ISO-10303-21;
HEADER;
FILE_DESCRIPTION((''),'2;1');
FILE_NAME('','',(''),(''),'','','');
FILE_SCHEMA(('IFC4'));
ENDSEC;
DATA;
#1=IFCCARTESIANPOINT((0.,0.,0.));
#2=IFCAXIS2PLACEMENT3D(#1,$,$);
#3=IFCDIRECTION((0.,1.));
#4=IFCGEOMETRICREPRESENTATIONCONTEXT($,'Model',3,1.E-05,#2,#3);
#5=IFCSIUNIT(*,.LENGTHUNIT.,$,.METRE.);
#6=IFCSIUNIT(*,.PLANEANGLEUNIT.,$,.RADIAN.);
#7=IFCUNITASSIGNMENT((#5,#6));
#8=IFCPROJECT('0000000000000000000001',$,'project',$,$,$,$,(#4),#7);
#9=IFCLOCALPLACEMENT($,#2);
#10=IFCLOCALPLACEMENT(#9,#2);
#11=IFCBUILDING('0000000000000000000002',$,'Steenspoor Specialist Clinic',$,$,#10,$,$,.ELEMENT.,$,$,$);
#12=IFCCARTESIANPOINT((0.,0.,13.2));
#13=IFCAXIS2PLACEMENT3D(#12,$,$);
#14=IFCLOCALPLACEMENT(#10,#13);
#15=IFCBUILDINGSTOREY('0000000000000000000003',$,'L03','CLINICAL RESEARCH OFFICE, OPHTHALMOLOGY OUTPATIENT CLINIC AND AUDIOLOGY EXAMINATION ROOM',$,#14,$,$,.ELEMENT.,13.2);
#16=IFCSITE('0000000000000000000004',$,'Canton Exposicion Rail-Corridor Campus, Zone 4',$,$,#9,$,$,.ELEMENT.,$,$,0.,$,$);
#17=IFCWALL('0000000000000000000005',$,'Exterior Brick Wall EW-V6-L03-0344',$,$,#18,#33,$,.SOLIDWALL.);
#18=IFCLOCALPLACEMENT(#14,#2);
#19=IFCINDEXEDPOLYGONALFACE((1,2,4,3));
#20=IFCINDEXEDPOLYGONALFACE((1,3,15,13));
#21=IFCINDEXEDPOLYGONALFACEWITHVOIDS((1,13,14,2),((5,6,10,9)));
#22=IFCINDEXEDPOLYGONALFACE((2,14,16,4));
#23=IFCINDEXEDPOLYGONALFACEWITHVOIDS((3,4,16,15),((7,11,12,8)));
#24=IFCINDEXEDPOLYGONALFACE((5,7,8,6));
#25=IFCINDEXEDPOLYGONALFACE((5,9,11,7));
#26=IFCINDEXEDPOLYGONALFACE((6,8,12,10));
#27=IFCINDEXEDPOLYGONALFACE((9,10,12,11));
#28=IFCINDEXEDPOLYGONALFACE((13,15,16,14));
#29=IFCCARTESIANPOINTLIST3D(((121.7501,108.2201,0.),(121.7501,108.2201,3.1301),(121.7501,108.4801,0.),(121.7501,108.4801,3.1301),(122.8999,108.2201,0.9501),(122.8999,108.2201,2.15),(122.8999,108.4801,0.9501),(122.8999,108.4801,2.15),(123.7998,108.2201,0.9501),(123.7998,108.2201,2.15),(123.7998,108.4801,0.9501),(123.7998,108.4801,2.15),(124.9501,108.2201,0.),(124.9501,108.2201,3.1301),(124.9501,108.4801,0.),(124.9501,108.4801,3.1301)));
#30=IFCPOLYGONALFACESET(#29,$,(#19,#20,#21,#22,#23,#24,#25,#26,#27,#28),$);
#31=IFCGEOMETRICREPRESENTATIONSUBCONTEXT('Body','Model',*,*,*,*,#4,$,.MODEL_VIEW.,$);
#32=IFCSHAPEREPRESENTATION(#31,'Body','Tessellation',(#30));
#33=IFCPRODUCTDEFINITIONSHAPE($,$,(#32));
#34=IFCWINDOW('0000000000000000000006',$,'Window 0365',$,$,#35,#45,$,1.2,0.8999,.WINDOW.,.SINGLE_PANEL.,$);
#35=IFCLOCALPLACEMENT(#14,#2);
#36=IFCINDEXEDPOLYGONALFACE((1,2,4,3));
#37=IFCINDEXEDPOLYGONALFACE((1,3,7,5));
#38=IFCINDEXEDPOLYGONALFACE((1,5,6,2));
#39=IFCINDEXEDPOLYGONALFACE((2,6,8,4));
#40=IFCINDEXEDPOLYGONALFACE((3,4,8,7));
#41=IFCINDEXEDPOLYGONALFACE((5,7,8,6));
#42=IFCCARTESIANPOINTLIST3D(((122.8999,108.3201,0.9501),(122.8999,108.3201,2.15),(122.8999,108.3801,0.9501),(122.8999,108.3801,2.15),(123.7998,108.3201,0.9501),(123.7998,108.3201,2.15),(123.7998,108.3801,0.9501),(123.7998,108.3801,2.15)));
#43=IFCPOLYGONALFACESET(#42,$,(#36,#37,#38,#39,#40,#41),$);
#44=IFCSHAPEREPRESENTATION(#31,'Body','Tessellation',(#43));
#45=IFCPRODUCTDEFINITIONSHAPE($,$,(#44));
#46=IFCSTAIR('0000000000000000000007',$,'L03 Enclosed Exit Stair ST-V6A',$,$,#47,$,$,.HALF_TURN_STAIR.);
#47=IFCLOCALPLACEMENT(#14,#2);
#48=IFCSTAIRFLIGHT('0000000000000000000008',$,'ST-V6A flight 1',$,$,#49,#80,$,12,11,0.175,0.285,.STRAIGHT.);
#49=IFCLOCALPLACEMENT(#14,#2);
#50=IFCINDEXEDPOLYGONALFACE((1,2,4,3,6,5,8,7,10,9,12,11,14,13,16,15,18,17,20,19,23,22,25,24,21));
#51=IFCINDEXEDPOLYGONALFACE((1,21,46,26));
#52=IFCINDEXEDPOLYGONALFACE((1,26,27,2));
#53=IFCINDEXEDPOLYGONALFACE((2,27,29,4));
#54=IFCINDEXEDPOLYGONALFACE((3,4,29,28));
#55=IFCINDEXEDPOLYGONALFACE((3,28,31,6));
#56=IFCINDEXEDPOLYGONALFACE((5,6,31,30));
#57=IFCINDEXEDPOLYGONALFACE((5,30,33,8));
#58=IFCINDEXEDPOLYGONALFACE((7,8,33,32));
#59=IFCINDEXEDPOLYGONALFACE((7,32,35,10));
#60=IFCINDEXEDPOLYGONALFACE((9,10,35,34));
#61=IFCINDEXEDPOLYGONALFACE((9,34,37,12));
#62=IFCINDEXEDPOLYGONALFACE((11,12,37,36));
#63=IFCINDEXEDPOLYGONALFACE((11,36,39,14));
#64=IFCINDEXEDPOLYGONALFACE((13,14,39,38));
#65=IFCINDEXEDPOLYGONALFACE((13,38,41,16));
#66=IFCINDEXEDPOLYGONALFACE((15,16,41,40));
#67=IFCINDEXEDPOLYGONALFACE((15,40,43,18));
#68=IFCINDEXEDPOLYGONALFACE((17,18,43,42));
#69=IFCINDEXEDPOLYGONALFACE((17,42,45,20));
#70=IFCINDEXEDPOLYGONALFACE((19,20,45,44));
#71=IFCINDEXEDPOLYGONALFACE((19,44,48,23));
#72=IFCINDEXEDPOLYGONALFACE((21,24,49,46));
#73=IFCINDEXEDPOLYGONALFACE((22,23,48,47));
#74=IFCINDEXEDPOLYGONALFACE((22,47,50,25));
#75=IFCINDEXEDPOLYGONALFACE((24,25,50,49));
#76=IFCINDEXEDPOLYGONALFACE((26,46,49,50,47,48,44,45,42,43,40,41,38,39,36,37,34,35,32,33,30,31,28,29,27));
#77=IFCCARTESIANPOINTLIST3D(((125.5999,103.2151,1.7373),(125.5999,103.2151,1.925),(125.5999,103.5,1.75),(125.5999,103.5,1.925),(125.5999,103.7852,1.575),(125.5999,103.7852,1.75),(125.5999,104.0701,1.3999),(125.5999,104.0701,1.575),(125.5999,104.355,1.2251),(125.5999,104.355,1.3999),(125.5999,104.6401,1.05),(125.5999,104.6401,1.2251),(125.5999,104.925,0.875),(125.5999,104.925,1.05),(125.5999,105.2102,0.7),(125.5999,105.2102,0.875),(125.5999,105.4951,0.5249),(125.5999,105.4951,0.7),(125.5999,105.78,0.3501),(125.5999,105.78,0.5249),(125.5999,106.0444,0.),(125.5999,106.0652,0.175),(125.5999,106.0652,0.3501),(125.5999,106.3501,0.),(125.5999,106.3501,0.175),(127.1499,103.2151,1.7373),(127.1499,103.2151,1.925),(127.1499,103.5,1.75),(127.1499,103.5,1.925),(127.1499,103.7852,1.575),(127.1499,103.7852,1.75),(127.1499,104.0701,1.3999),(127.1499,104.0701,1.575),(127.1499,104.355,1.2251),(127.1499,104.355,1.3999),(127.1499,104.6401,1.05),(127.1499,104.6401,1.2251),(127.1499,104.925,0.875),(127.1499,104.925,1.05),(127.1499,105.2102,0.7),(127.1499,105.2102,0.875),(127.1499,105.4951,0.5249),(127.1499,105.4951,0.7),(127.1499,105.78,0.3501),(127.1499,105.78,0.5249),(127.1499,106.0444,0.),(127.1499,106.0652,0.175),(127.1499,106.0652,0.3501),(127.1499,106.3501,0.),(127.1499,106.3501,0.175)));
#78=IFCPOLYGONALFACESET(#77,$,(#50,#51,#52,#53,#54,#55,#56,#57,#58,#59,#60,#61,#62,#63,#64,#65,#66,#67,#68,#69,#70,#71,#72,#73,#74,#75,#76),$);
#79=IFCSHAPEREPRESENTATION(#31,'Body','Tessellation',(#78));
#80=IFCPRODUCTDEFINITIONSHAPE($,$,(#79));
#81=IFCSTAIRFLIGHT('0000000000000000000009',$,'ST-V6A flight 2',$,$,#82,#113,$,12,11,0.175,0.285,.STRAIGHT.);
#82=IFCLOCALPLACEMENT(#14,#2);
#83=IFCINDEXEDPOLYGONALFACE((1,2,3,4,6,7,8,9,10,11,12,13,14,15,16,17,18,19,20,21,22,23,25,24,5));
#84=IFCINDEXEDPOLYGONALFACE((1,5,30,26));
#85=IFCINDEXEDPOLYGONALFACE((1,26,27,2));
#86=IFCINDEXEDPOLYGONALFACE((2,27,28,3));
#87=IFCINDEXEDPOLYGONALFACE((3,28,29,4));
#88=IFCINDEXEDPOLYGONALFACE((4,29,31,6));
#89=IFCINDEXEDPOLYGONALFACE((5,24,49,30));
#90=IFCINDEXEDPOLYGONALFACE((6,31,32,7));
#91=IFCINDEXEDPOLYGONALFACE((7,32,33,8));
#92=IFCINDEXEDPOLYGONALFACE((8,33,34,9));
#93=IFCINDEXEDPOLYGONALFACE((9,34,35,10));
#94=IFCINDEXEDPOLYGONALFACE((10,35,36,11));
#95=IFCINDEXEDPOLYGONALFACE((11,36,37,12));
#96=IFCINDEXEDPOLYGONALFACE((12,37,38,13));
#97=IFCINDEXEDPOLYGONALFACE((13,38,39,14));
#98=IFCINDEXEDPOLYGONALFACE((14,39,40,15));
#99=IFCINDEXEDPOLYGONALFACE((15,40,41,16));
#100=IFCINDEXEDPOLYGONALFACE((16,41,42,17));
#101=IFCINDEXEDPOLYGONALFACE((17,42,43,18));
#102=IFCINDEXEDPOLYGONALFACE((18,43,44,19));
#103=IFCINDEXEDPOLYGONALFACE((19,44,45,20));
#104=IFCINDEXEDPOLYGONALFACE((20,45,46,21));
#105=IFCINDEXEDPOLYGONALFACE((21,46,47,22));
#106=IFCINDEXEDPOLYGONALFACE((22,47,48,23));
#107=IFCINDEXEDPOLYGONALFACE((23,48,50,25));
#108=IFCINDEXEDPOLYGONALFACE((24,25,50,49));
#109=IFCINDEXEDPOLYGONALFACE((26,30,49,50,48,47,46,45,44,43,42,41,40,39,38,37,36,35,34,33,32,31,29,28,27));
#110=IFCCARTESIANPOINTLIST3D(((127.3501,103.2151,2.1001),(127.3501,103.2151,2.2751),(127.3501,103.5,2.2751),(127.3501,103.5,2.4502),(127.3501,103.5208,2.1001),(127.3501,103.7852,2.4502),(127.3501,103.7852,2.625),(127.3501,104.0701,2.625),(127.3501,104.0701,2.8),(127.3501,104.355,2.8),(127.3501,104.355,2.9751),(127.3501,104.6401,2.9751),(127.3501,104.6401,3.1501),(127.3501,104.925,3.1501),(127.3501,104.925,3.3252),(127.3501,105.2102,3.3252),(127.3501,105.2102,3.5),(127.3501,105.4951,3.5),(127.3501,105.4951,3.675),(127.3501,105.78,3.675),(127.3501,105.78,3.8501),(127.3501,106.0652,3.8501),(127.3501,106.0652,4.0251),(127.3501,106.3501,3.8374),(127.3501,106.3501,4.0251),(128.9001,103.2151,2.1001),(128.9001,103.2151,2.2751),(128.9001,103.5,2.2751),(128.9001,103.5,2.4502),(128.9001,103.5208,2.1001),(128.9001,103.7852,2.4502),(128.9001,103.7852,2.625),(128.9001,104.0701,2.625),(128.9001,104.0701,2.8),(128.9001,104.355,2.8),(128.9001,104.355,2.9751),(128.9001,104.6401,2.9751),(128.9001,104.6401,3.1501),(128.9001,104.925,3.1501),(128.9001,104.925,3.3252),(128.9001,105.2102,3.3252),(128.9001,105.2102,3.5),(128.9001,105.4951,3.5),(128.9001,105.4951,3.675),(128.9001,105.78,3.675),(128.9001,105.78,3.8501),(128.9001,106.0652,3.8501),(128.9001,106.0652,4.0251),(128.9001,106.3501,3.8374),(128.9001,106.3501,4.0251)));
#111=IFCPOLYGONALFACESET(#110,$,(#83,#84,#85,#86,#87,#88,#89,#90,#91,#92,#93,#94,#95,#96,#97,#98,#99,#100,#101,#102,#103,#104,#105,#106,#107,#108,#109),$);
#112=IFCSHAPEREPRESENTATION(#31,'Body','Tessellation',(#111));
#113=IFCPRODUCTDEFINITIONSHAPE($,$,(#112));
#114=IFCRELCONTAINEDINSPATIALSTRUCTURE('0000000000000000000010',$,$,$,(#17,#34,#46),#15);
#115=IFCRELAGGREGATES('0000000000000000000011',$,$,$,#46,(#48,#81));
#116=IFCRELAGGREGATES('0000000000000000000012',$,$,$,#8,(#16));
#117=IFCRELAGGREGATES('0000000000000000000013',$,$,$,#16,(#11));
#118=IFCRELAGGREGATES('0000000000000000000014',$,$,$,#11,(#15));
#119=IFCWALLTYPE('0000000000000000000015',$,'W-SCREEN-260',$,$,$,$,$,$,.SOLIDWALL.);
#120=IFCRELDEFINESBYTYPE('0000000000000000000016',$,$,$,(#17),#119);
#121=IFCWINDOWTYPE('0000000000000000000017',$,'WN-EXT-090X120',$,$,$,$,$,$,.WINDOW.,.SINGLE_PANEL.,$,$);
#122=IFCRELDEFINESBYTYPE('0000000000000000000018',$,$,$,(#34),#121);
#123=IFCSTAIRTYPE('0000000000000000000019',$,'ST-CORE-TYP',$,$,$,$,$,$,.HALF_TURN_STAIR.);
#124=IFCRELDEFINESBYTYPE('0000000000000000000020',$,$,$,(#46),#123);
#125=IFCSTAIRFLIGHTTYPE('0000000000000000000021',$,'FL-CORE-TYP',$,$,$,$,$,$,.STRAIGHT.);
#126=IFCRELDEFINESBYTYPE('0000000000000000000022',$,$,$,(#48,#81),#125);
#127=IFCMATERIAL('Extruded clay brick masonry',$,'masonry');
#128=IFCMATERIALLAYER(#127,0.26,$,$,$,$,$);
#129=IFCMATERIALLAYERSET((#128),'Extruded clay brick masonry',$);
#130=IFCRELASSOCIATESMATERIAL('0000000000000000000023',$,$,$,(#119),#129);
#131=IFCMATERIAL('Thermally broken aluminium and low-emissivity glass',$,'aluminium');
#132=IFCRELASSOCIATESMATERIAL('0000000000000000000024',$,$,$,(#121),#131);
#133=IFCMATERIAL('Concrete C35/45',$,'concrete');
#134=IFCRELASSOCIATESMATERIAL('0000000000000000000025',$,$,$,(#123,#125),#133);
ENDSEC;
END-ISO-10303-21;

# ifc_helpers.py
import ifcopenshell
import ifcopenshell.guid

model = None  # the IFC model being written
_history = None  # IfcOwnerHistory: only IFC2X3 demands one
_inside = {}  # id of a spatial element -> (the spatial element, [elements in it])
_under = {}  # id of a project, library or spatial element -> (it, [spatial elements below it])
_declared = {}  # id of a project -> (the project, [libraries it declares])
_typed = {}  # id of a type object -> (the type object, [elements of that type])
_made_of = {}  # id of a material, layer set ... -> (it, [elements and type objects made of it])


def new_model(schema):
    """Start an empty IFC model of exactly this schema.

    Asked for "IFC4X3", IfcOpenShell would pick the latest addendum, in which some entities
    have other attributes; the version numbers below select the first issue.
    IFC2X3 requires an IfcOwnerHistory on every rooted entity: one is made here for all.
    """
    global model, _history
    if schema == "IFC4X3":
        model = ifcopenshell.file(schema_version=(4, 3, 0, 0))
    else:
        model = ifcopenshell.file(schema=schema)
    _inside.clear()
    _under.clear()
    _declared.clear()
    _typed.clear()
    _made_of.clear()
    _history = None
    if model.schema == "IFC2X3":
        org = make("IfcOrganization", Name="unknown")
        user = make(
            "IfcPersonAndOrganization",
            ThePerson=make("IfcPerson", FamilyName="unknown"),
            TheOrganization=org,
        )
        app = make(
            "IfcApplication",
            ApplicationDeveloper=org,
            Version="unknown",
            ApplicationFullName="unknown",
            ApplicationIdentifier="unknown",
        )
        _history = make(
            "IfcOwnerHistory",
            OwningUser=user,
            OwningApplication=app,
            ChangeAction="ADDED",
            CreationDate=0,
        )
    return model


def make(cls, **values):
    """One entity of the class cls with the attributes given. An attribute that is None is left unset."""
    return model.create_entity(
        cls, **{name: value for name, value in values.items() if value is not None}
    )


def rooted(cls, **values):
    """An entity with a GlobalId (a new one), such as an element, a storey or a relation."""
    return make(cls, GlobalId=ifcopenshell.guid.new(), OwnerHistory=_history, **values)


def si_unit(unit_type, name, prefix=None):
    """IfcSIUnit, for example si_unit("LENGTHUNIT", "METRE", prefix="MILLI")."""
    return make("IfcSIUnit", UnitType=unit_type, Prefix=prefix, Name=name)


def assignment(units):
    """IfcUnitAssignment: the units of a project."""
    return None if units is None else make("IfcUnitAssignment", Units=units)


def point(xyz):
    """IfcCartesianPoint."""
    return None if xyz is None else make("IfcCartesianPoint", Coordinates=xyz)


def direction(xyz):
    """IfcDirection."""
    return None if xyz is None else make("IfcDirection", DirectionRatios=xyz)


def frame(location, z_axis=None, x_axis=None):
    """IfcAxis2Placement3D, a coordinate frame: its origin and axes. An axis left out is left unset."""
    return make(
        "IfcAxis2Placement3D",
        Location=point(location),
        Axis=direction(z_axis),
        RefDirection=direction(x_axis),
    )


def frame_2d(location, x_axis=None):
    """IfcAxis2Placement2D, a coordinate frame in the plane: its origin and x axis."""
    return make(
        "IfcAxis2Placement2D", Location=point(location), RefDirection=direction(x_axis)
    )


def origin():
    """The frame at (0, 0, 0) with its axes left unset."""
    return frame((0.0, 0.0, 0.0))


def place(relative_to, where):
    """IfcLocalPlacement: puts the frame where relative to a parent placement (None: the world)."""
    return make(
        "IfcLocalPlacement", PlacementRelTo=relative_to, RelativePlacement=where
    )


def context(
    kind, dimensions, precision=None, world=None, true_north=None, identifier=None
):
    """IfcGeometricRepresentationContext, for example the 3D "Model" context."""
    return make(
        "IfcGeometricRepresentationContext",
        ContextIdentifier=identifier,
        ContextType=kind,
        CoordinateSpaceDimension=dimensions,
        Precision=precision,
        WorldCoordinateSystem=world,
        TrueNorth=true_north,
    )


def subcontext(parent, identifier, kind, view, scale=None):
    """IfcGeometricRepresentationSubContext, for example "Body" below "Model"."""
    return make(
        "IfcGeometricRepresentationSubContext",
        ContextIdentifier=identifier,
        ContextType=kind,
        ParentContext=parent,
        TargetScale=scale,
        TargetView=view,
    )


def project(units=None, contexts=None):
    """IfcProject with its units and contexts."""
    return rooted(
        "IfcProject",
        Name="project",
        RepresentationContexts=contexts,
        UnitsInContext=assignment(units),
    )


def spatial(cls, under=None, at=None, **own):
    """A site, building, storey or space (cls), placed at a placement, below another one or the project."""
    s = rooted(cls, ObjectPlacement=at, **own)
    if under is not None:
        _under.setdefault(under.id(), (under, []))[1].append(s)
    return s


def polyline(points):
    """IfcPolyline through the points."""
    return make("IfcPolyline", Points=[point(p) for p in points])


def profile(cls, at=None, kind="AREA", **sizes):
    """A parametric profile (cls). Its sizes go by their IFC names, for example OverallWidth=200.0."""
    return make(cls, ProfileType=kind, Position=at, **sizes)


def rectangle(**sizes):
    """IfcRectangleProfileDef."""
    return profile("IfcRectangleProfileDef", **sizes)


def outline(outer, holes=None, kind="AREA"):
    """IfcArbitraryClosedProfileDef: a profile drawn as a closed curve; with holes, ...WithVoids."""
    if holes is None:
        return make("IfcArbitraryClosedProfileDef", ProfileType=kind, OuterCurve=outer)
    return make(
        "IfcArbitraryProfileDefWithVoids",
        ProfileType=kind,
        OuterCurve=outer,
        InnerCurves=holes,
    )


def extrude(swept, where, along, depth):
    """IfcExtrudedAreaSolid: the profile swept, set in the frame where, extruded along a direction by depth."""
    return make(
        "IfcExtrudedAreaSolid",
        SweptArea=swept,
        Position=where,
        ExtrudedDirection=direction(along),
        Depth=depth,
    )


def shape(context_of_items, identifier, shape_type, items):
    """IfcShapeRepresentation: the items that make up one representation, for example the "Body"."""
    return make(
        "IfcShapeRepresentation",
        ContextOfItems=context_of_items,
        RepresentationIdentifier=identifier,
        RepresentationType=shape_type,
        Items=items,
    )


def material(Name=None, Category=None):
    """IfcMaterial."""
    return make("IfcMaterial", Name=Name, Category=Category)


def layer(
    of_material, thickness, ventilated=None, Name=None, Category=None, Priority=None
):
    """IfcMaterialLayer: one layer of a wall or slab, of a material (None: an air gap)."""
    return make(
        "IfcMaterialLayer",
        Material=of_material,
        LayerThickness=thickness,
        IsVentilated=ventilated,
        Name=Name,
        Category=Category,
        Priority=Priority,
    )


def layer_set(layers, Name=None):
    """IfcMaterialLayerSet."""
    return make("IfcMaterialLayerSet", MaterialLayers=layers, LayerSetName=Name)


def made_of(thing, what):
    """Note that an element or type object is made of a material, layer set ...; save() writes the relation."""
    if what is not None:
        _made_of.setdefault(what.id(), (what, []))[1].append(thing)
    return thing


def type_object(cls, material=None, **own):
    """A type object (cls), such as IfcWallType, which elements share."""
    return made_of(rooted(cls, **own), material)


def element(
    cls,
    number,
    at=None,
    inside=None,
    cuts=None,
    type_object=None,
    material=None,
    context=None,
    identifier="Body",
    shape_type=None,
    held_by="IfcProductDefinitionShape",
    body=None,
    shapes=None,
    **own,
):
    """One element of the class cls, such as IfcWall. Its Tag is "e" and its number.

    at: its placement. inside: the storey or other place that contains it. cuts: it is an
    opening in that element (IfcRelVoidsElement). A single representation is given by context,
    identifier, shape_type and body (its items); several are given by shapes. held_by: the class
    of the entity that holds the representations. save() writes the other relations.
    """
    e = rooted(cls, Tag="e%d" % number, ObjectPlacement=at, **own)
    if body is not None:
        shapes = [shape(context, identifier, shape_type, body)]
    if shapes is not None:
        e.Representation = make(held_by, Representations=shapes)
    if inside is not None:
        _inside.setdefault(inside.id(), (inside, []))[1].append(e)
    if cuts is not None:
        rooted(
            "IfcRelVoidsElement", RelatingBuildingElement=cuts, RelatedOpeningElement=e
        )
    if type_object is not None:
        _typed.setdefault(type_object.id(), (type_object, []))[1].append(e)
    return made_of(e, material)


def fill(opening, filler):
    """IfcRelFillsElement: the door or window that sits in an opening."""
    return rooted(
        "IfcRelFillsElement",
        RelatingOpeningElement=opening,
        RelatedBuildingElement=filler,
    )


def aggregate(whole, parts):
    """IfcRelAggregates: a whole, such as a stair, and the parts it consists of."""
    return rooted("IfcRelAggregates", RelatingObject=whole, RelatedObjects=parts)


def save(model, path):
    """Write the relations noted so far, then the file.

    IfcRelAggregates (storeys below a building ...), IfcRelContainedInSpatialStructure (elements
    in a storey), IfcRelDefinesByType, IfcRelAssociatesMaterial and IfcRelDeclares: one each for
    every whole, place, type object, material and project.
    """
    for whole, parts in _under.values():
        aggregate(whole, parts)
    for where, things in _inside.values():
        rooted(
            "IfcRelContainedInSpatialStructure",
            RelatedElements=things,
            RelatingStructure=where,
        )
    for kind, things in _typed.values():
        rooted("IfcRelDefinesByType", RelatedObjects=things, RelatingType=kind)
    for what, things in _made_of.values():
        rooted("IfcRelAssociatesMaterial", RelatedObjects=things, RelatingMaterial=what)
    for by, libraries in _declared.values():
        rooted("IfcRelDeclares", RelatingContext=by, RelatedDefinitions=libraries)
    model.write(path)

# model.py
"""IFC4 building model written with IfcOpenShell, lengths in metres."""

from ifc_helpers import new_model, si_unit, direction, frame, frame_2d, origin, place, context, subcontext, project, spatial, polyline, rectangle, outline, extrude, material, layer, layer_set, type_object, element, fill, aggregate, save


model = new_model("IFC4")

# Units and contexts
model_context = context("Model", 3, precision=1e-05, world=origin(), true_north=direction((0.0, 1.0)))
body_context = subcontext(model_context, "Body", "Model", "MODEL_VIEW")
ifc_project = project(units=[si_unit("LENGTHUNIT", "METRE"), si_unit("PLANEANGLEUNIT", "RADIAN")], contexts=[model_context])

# Site, building, storey
site_placement = place(None, origin())
site = spatial("IfcSite", under=ifc_project, at=site_placement, Name="Canton Exposicion Rail-Corridor Campus, Zone 4", CompositionType="ELEMENT", RefElevation=0.0)
building_placement = place(site_placement, origin())
building = spatial("IfcBuilding", under=site, at=building_placement, Name="Steenspoor Specialist Clinic", CompositionType="ELEMENT")
storey_placement = place(building_placement, frame((0.0, 0.0, 13.2)))
storey = spatial("IfcBuildingStorey", under=building, at=storey_placement, Name="L03", Description="CLINICAL RESEARCH OFFICE, OPHTHALMOLOGY OUTPATIENT CLINIC AND AUDIOLOGY EXAMINATION ROOM", CompositionType="ELEMENT", Elevation=13.2)

# Shared definitions
ifc_material_1 = material(Name="Concrete C35/45", Category="concrete")

# Shared definitions
ifc_material_2 = material(Name="Thermally broken aluminium and low-emissivity glass", Category="aluminium")

# Shared definitions
ifc_material_3 = material(Name="Extruded clay brick masonry", Category="masonry")

# Wall, opening, window
ifc_layer_1 = layer(ifc_material_3, 0.26)
ifc_layer_set_1 = layer_set([ifc_layer_1], Name="Extruded clay brick masonry")
wall_type_1 = type_object("IfcWallType", Name="W-SCREEN-260", PredefinedType="SOLIDWALL", material=ifc_layer_set_1)
wall_1_placement = place(storey_placement, frame((121.75, 108.3501, 0.0), z_axis=(0.0, 0.0, 1.0), x_axis=(1.0, 0.0, 0.0)))
wall_1 = element("IfcWall", 1, at=wall_1_placement, inside=storey, type_object=wall_type_1, Name="Exterior Brick Wall EW-V6-L03-0344", PredefinedType="SOLIDWALL", context=body_context, shape_type="SweptSolid", body=[
    extrude(rectangle(XDim=3.2, YDim=0.26, at=frame_2d((1.6001, 0.0))), origin(), (0.0, 0.0, 1.0), 3.1301),
])
opening_1_placement = place(wall_1_placement, frame((1.1499, 0.0, 0.95)))
opening_1 = element("IfcOpeningElement", 2, at=opening_1_placement, cuts=wall_1, PredefinedType="OPENING", context=body_context, shape_type="SweptSolid", body=[
    extrude(rectangle(XDim=0.8999, YDim=1.2, at=frame_2d((0.45, 0.6001))), frame((0.0, 0.1401, 0.0), z_axis=(0.0, -1.0, 0.0), x_axis=(1.0, 0.0, 0.0)), (0.0, 0.0, 1.0), 0.28),
])
window_type_1 = type_object("IfcWindowType", Name="WN-EXT-090X120", PartitioningType="SINGLE_PANEL", PredefinedType="WINDOW", material=ifc_material_2)
window_1_placement = place(opening_1_placement, origin())
window_1 = element("IfcWindow", 3, at=window_1_placement, inside=storey, type_object=window_type_1, Name="Window 0365", OverallHeight=1.2, OverallWidth=0.8999, PartitioningType="SINGLE_PANEL", PredefinedType="WINDOW", context=body_context, shape_type="SweptSolid", body=[
    extrude(rectangle(XDim=0.8999, YDim=1.2, at=frame_2d((0.45, 0.6001))), frame((0.0, 0.03, 0.0), z_axis=(0.0, -1.0, 0.0), x_axis=(1.0, 0.0, 0.0)), (0.0, 0.0, 1.0), 0.0601),
])
fill(opening_1, window_1)

# Stair, stair flights
stair_type = type_object("IfcStairType", Name="ST-CORE-TYP", PredefinedType="HALF_TURN_STAIR", material=ifc_material_1)
stair_placement = place(storey_placement, origin())
stair = element("IfcStair", 4, at=stair_placement, inside=storey, type_object=stair_type, Name="L03 Enclosed Exit Stair ST-V6A", PredefinedType="HALF_TURN_STAIR")
stair_flight_type = type_object("IfcStairFlightType", Name="FL-CORE-TYP", PredefinedType="STRAIGHT", material=ifc_material_1)
stair_flight_1_placement = place(storey_placement, frame((126.375, 106.3501, 0.0), z_axis=(0.0, 0.0, 1.0), x_axis=(0.0, -1.0, 0.0)))
stair_flight_1 = element("IfcStairFlight", 5, at=stair_flight_1_placement, type_object=stair_flight_type, Name="ST-V6A flight 1", NumberOfRisers=12, NumberOfTreads=11, PredefinedType="STRAIGHT", RiserHeight=0.175, TreadLength=0.285, context=body_context, shape_type="SweptSolid", body=[
    extrude(outline(polyline([(0.0, 0.0), (0.0, 0.175), (0.2849, 0.175), (0.2849, 0.3501), (0.5701, 0.3501), (0.5701, 0.5249), (0.855, 0.5249), (0.855, 0.7), (1.1399, 0.7), (1.1399, 0.875), (1.425, 0.875), (1.425, 1.05), (1.71, 1.05), (1.71, 1.2251), (1.9951, 1.2251), (1.9951, 1.3999), (2.28, 1.3999), (2.28, 1.575), (2.5649, 1.575), (2.5649, 1.75), (2.8501, 1.75), (2.8501, 1.925), (3.135, 1.925), (3.135, 2.1001), (3.135, 1.7373), (0.3057, 0.0), (0.0, 0.0)])), frame((0.0, 0.7749, 0.0), z_axis=(0.0, -1.0, 0.0), x_axis=(1.0, 0.0, 0.0)), (0.0, 0.0, 1.0), 1.55),
])
stair_flight_2_placement = place(storey_placement, frame((128.125, 103.2151, 2.1001), z_axis=(0.0, 0.0, 1.0), x_axis=(0.0, 1.0, 0.0)))
stair_flight_2 = element("IfcStairFlight", 6, at=stair_flight_2_placement, type_object=stair_flight_type, Name="ST-V6A flight 2", NumberOfRisers=12, NumberOfTreads=11, PredefinedType="STRAIGHT", RiserHeight=0.175, TreadLength=0.285, context=body_context, shape_type="SweptSolid", body=[
    extrude(outline(polyline([(0.0, 0.0), (0.0, 0.175), (0.2849, 0.175), (0.2849, 0.3501), (0.5701, 0.3501), (0.5701, 0.5249), (0.855, 0.5249), (0.855, 0.7), (1.1399, 0.7), (1.1399, 0.875), (1.425, 0.875), (1.425, 1.05), (1.71, 1.05), (1.71, 1.2251), (1.9951, 1.2251), (1.9951, 1.3999), (2.28, 1.3999), (2.28, 1.575), (2.5649, 1.575), (2.5649, 1.75), (2.8501, 1.75), (2.8501, 1.925), (3.135, 1.925), (3.135, 2.1001), (3.135, 1.7373), (0.3057, 0.0), (0.0, 0.0)])), frame((0.0, 0.7749, 0.0), z_axis=(0.0, -1.0, 0.0), x_axis=(1.0, 0.0, 0.0)), (0.0, 0.0, 1.0), 1.55),
])
aggregate(stair, [stair_flight_1, stair_flight_2])

save(model, "model.ifc")
